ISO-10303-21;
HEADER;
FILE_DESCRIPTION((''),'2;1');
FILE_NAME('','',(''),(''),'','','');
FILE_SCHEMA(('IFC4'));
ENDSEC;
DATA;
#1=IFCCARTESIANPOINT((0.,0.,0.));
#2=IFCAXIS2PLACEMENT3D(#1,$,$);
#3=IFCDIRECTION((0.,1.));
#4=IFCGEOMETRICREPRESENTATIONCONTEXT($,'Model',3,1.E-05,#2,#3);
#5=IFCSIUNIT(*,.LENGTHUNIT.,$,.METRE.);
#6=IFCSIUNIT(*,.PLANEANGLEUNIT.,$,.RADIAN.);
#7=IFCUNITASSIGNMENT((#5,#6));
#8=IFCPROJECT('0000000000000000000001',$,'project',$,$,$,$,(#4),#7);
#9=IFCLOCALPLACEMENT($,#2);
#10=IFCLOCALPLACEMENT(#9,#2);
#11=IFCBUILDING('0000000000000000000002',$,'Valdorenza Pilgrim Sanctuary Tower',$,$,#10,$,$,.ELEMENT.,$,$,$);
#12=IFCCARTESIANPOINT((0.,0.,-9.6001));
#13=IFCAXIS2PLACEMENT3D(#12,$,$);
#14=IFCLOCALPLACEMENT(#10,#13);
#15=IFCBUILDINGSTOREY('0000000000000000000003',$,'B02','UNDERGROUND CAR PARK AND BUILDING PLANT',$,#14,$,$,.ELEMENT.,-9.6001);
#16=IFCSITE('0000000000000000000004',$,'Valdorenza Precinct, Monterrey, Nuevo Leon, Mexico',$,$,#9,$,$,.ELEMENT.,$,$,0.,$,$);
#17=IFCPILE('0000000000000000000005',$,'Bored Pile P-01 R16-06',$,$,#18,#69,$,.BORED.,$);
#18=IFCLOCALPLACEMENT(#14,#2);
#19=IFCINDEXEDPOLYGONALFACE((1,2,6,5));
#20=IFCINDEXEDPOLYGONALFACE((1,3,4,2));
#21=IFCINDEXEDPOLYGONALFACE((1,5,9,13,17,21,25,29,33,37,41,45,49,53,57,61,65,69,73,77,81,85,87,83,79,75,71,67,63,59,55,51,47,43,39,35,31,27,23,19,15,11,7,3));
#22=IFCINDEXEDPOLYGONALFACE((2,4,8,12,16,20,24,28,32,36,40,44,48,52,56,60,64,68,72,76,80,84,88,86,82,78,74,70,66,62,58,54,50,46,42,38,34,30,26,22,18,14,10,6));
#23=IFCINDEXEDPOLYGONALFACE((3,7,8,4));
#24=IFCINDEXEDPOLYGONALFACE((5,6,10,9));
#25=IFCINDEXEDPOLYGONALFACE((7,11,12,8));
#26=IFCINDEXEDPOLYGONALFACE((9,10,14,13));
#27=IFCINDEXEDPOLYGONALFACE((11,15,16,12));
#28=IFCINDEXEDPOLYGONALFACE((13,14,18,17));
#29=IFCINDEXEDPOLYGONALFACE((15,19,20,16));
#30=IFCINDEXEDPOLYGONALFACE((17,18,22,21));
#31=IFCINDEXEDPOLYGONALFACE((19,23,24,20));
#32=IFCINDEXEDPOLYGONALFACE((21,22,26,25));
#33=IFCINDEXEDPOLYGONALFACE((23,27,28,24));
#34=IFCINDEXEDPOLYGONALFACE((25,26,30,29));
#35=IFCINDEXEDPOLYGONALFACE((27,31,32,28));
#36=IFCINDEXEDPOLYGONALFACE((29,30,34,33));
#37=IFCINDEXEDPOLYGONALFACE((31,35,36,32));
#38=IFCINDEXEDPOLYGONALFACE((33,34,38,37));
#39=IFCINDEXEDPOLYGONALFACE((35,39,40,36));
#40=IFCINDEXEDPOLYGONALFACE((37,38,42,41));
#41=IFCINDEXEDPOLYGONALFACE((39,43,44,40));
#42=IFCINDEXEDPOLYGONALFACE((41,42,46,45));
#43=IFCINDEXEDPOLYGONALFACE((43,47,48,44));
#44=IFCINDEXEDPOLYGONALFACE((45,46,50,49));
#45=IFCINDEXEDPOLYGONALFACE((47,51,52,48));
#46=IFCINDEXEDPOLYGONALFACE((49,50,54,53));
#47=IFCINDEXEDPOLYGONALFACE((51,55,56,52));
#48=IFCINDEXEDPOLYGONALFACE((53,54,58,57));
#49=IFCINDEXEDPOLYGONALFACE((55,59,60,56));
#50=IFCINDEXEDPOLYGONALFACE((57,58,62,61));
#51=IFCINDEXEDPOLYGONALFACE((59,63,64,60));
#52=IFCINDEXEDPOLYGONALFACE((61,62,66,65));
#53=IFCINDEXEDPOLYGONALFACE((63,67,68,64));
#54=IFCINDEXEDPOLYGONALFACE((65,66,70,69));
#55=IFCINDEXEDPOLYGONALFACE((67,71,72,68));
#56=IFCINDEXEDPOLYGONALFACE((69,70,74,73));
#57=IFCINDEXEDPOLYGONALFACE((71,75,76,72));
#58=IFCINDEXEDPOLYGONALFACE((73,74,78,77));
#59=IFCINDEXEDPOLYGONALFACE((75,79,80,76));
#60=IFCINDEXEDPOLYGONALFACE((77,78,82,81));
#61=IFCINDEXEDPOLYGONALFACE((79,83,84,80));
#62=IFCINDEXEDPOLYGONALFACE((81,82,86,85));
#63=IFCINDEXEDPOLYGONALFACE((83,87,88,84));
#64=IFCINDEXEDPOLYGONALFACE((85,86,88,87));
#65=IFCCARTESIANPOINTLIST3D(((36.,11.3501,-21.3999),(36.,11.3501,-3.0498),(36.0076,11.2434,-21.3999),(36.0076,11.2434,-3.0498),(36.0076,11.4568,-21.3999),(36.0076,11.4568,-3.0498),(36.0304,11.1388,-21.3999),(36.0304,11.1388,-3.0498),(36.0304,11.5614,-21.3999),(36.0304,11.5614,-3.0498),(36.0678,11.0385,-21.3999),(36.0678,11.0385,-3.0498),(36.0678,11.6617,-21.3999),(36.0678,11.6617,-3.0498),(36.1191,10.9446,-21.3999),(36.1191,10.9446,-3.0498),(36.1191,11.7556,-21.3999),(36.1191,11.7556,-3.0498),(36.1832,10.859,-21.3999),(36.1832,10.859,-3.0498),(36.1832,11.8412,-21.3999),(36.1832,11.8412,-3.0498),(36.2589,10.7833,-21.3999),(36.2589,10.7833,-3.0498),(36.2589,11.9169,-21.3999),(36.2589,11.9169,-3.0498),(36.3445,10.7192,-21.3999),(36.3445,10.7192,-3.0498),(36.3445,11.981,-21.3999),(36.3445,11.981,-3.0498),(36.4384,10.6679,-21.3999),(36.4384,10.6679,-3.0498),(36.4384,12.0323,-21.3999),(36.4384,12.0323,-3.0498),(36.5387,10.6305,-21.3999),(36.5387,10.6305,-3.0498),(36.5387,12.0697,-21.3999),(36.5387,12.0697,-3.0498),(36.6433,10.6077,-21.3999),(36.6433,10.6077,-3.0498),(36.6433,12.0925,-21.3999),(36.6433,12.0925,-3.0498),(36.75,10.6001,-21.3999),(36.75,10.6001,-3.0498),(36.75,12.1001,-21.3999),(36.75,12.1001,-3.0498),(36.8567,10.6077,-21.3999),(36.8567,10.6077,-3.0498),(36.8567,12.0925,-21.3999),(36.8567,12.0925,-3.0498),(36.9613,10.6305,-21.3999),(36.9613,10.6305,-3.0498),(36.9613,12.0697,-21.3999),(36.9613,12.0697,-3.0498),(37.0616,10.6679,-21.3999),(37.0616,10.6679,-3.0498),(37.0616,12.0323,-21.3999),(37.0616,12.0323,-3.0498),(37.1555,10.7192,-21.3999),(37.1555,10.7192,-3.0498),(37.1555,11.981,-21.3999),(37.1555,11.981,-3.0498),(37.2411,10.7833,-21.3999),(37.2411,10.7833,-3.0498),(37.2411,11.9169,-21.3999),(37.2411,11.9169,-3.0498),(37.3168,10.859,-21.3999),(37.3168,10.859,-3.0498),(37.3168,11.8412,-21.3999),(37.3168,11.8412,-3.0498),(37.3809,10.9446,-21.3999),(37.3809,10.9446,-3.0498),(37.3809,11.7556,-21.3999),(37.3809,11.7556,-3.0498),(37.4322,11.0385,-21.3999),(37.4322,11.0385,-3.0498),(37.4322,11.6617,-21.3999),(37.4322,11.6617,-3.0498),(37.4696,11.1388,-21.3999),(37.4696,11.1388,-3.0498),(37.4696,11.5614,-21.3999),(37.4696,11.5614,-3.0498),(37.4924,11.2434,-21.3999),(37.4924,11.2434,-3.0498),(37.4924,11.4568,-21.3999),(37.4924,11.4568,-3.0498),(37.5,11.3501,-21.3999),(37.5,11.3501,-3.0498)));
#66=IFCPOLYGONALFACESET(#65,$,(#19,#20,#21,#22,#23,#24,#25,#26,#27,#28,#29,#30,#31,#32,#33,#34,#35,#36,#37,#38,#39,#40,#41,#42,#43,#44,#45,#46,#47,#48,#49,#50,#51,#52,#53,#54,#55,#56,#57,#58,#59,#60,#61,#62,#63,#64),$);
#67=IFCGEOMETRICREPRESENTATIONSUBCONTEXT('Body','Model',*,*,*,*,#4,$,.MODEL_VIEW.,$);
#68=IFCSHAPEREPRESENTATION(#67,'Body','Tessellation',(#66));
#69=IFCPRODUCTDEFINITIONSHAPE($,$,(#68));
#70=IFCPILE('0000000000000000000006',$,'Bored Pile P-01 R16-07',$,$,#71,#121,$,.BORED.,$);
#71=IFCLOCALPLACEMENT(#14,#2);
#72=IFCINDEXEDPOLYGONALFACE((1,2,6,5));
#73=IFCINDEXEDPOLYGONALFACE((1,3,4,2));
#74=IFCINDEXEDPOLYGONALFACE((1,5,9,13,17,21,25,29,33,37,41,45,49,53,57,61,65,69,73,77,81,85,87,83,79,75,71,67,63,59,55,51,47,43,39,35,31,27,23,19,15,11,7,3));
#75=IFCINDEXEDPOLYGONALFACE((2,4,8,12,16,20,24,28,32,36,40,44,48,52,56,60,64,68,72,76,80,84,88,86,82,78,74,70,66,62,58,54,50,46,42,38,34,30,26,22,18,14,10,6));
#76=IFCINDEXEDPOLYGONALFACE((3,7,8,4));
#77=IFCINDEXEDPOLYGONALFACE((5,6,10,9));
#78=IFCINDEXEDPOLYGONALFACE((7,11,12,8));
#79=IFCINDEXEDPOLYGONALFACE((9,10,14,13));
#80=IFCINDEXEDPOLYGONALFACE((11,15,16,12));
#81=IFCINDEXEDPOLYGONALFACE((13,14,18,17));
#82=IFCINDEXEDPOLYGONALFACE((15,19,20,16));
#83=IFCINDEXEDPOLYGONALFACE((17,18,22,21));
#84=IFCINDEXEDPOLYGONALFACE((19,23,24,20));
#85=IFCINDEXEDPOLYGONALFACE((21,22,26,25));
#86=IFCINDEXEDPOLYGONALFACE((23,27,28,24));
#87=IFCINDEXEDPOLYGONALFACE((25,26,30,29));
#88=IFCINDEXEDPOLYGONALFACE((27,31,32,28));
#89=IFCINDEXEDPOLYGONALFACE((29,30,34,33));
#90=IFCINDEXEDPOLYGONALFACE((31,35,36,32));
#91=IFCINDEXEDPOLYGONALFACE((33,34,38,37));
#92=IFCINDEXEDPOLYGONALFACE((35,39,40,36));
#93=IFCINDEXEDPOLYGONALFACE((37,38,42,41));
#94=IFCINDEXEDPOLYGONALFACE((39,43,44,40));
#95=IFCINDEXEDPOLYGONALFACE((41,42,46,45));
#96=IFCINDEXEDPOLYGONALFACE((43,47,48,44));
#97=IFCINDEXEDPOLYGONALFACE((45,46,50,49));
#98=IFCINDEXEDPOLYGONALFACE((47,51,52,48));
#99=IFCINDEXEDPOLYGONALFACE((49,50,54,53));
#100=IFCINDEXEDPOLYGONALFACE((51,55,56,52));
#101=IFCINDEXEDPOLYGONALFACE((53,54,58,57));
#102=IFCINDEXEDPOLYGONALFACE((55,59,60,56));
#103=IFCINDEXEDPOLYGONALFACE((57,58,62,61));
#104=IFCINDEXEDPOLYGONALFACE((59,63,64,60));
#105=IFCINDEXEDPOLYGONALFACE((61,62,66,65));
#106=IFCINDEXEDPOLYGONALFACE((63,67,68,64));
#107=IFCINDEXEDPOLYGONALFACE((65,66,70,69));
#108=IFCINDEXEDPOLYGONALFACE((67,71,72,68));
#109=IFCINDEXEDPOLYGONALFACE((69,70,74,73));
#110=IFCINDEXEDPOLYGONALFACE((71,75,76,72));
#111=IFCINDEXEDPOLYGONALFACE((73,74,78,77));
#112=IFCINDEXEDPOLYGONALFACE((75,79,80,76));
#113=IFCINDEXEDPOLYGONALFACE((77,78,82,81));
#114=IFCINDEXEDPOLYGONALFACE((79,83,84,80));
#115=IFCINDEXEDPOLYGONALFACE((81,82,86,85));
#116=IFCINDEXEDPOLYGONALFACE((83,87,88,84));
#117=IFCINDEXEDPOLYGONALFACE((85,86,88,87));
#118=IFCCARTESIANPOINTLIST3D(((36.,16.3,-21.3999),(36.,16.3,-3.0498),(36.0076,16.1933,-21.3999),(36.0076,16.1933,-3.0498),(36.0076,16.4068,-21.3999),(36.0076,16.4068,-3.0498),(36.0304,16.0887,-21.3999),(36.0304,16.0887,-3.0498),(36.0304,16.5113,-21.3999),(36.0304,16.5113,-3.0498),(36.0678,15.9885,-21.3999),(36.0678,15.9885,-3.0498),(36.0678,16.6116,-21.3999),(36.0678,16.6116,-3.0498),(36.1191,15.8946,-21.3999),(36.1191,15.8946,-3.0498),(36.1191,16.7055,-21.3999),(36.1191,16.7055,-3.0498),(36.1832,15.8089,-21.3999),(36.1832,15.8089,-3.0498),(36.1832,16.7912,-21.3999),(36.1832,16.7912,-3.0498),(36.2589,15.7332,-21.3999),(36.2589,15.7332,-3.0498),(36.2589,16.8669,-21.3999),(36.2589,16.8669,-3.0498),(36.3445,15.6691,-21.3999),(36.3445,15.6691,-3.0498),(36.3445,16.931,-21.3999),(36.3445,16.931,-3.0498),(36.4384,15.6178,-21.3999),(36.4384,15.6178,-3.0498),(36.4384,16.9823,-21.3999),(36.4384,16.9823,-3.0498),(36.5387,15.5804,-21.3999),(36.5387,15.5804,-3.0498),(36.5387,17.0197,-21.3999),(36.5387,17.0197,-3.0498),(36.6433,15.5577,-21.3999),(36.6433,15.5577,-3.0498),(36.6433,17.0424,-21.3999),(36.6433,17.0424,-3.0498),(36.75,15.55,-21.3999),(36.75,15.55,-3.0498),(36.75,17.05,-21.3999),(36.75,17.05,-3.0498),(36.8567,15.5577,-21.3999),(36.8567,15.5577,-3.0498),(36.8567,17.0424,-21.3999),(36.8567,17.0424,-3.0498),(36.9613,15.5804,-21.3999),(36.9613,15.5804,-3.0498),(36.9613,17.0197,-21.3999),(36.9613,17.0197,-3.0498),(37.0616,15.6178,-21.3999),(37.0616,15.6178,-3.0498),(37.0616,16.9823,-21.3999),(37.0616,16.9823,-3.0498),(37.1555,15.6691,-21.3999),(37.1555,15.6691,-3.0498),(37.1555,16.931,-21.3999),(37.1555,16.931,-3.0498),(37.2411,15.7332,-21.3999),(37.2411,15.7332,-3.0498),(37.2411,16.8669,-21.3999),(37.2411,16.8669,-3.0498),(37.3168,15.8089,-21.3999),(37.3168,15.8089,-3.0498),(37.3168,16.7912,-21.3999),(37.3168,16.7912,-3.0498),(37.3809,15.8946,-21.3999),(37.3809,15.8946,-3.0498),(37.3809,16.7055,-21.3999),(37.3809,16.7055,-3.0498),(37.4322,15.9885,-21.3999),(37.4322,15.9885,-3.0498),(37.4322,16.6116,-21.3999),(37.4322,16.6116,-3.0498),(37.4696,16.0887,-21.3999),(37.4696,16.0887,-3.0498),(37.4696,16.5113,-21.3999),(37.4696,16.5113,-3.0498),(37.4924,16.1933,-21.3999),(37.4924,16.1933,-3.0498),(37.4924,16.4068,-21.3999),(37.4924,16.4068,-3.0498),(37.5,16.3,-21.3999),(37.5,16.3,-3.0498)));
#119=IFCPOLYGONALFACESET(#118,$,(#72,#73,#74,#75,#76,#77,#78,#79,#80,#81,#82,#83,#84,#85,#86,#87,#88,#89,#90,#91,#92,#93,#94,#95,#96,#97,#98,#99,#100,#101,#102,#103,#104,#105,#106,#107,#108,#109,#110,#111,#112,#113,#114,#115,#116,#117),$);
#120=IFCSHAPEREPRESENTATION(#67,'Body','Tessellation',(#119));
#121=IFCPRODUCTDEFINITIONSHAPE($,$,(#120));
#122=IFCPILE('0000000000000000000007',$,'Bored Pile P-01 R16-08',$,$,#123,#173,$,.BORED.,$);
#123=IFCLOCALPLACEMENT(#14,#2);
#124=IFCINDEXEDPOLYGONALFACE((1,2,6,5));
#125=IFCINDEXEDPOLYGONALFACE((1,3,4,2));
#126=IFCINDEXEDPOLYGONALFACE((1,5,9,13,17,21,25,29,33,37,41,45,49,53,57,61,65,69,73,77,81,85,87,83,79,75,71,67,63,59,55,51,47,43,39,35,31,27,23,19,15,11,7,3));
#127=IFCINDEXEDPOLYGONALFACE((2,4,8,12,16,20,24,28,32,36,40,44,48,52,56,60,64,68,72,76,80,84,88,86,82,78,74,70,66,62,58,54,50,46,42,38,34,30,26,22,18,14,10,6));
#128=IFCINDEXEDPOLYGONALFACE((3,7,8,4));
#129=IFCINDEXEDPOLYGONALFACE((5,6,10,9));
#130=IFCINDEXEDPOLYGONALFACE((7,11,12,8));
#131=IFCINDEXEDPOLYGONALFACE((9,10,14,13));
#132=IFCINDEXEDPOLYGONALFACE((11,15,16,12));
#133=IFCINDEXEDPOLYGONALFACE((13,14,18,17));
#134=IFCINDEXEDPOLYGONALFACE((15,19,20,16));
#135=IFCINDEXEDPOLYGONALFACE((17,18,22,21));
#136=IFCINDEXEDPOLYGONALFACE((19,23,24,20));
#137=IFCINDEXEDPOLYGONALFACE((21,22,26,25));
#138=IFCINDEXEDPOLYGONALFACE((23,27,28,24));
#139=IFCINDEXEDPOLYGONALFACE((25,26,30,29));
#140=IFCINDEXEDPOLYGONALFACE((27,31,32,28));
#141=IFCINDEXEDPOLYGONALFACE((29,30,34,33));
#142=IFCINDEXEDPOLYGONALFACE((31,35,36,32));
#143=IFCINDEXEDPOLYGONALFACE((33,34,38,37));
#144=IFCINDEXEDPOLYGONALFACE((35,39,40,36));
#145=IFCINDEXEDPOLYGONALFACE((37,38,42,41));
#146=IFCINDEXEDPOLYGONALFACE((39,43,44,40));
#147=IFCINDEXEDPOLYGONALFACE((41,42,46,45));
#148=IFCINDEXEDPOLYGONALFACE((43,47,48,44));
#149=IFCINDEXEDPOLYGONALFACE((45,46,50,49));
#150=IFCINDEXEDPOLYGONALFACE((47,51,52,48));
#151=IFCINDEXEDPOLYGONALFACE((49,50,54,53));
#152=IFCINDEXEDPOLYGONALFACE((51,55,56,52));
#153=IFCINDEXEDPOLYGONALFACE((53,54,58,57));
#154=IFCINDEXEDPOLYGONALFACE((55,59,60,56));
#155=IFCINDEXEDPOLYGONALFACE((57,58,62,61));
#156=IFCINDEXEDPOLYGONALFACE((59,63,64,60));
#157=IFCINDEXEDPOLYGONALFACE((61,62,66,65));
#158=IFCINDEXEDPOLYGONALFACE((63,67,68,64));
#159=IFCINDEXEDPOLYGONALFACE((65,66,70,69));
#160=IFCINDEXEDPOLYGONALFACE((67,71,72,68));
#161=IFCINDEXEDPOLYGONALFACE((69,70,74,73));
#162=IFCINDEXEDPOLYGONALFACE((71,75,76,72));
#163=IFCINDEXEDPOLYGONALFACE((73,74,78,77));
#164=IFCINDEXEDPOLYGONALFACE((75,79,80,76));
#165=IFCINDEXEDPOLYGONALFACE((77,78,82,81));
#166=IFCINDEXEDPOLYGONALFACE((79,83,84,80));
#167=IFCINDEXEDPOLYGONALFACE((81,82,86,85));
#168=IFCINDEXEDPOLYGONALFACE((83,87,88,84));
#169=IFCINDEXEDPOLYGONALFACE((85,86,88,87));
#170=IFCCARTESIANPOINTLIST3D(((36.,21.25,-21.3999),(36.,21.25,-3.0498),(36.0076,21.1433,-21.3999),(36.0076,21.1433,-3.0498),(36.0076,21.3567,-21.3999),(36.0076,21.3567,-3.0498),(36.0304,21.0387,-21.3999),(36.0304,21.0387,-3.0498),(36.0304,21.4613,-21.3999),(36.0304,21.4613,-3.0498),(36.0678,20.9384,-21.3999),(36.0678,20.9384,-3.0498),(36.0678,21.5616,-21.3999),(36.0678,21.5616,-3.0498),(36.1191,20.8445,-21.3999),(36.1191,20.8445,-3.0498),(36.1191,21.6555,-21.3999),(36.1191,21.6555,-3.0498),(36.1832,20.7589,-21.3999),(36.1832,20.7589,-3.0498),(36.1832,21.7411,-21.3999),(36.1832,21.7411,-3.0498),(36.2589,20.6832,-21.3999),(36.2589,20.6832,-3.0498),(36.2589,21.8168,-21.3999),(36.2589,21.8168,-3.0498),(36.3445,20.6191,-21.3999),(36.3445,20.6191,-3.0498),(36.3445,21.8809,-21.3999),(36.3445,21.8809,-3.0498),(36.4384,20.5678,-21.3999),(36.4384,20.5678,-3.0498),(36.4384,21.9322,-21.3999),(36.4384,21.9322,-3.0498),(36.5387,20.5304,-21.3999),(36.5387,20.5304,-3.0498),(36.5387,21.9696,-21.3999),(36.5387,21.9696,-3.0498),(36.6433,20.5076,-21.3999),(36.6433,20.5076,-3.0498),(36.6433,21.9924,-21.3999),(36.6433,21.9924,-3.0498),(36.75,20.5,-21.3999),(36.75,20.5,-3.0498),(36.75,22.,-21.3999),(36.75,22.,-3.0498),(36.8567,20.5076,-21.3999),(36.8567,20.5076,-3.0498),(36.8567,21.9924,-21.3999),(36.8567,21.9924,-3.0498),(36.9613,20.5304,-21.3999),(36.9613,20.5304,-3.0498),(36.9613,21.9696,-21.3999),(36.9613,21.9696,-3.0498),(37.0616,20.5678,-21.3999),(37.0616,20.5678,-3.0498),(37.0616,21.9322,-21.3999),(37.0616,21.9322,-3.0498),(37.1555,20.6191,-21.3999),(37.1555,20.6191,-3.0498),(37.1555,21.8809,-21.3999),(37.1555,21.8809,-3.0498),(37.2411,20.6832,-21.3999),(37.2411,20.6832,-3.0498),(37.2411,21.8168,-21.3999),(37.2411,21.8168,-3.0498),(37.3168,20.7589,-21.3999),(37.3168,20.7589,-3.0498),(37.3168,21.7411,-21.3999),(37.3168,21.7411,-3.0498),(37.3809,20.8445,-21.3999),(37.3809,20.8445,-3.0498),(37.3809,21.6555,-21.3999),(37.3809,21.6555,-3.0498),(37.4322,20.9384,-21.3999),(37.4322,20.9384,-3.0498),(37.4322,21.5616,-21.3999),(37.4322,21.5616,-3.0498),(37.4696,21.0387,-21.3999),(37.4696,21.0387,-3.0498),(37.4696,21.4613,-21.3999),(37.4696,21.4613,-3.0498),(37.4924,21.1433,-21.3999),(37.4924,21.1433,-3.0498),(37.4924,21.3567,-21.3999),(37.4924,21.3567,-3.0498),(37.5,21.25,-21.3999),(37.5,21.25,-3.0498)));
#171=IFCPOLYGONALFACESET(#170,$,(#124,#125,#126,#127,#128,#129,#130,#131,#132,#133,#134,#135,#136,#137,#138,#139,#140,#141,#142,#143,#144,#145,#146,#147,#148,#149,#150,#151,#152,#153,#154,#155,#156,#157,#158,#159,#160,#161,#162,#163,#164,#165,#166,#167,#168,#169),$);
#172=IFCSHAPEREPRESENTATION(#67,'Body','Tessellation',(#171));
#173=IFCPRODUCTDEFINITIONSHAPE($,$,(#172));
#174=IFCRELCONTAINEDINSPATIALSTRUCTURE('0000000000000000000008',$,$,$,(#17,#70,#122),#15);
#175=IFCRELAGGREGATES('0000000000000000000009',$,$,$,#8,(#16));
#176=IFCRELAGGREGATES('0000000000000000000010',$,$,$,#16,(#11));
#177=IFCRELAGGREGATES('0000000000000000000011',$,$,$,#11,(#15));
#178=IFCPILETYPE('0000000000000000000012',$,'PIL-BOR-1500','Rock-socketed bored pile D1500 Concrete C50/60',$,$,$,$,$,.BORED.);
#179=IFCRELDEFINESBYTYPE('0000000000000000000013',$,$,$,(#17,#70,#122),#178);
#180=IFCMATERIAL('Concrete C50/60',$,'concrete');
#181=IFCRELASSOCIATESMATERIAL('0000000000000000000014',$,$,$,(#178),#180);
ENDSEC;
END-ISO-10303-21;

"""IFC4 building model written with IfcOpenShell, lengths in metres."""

from ifc_helpers import new_model, si_unit, direction, frame, origin, origin_2d, place, context, subcontext, project, spatial, circle, extrude, source, transform, mapped, material, material_profile, profile_set, type_object, element, save


model = new_model("IFC4")

# Units and contexts
model_context = context("Model", 3, precision=1e-05, world=origin(), true_north=direction((0.0, 1.0)))
body_context = subcontext(model_context, "Body", "Model", "MODEL_VIEW")
ifc_project = project(units=[si_unit("LENGTHUNIT", "METRE"), si_unit("PLANEANGLEUNIT", "RADIAN")], contexts=[model_context])

# Site, building, storey
site_placement = place(None, origin())
site = spatial("IfcSite", under=ifc_project, at=site_placement, Name="Valdorenza Precinct, Monterrey, Nuevo Leon, Mexico", CompositionType="ELEMENT", RefElevation=0.0)
building_placement = place(site_placement, origin())
building = spatial("IfcBuilding", under=site, at=building_placement, Name="Valdorenza Pilgrim Sanctuary Tower", CompositionType="ELEMENT")
storey_placement = place(building_placement, frame((0.0, 0.0, -9.6001)))
storey = spatial("IfcBuildingStorey", under=building, at=storey_placement, Name="B02", Description="UNDERGROUND CAR PARK AND BUILDING PLANT", CompositionType="ELEMENT", Elevation=-9.6001)

# Piles
ifc_material_1 = material(Name="Concrete C50/60", Category="concrete")
ifc_material_profile_1 = material_profile(ifc_material_1, circle(Radius=0.75, at=origin_2d()), Name="BORED PILE 1500")
ifc_profile_set_1 = profile_set([ifc_material_profile_1], Name="Concrete C50/60")
pile_type = type_object("IfcPileType", Name="PIL-BOR-1500", Description="Rock-socketed bored pile D1500 Concrete C50/60", PredefinedType="BORED", material=ifc_profile_set_1)
shared_shape_1 = source(origin(), body_context, "Body", "SweptSolid", [
    extrude(circle(Radius=0.75, at=origin_2d()), origin(), (0.0, 0.0, 1.0), 18.3501),
])
for number, where, z_axis, x_axis, name in (
    (1, (36.75, 11.3501, -3.0498), (0.0, 0.0, -1.0), (1.0, 0.0, 0.0), "Bored Pile P-01 R16-06"),
    (2, (36.75, 16.3, -3.0498), (0.0, 0.0, -1.0), (1.0, 0.0, 0.0), "Bored Pile P-01 R16-07"),
    (3, (36.75, 21.25, -3.0498), (0.0, 0.0, -1.0), (1.0, 0.0, 0.0), "Bored Pile P-01 R16-08"),
):
    element("IfcPile", number, at=place(storey_placement, frame(where, z_axis=z_axis, x_axis=x_axis)), inside=storey, type_object=pile_type, Name=name, PredefinedType="BORED", context=body_context, shape_type="MappedRepresentation", body=[
        mapped(shared_shape_1, transform((0.0, 0.0, 0.0), x_axis=(1.0, 0.0, 0.0), y_axis=(0.0, 1.0, 0.0), z_axis=(0.0, 0.0, 1.0), scale=1.0)),
    ])

save(model, "model.ifc")
